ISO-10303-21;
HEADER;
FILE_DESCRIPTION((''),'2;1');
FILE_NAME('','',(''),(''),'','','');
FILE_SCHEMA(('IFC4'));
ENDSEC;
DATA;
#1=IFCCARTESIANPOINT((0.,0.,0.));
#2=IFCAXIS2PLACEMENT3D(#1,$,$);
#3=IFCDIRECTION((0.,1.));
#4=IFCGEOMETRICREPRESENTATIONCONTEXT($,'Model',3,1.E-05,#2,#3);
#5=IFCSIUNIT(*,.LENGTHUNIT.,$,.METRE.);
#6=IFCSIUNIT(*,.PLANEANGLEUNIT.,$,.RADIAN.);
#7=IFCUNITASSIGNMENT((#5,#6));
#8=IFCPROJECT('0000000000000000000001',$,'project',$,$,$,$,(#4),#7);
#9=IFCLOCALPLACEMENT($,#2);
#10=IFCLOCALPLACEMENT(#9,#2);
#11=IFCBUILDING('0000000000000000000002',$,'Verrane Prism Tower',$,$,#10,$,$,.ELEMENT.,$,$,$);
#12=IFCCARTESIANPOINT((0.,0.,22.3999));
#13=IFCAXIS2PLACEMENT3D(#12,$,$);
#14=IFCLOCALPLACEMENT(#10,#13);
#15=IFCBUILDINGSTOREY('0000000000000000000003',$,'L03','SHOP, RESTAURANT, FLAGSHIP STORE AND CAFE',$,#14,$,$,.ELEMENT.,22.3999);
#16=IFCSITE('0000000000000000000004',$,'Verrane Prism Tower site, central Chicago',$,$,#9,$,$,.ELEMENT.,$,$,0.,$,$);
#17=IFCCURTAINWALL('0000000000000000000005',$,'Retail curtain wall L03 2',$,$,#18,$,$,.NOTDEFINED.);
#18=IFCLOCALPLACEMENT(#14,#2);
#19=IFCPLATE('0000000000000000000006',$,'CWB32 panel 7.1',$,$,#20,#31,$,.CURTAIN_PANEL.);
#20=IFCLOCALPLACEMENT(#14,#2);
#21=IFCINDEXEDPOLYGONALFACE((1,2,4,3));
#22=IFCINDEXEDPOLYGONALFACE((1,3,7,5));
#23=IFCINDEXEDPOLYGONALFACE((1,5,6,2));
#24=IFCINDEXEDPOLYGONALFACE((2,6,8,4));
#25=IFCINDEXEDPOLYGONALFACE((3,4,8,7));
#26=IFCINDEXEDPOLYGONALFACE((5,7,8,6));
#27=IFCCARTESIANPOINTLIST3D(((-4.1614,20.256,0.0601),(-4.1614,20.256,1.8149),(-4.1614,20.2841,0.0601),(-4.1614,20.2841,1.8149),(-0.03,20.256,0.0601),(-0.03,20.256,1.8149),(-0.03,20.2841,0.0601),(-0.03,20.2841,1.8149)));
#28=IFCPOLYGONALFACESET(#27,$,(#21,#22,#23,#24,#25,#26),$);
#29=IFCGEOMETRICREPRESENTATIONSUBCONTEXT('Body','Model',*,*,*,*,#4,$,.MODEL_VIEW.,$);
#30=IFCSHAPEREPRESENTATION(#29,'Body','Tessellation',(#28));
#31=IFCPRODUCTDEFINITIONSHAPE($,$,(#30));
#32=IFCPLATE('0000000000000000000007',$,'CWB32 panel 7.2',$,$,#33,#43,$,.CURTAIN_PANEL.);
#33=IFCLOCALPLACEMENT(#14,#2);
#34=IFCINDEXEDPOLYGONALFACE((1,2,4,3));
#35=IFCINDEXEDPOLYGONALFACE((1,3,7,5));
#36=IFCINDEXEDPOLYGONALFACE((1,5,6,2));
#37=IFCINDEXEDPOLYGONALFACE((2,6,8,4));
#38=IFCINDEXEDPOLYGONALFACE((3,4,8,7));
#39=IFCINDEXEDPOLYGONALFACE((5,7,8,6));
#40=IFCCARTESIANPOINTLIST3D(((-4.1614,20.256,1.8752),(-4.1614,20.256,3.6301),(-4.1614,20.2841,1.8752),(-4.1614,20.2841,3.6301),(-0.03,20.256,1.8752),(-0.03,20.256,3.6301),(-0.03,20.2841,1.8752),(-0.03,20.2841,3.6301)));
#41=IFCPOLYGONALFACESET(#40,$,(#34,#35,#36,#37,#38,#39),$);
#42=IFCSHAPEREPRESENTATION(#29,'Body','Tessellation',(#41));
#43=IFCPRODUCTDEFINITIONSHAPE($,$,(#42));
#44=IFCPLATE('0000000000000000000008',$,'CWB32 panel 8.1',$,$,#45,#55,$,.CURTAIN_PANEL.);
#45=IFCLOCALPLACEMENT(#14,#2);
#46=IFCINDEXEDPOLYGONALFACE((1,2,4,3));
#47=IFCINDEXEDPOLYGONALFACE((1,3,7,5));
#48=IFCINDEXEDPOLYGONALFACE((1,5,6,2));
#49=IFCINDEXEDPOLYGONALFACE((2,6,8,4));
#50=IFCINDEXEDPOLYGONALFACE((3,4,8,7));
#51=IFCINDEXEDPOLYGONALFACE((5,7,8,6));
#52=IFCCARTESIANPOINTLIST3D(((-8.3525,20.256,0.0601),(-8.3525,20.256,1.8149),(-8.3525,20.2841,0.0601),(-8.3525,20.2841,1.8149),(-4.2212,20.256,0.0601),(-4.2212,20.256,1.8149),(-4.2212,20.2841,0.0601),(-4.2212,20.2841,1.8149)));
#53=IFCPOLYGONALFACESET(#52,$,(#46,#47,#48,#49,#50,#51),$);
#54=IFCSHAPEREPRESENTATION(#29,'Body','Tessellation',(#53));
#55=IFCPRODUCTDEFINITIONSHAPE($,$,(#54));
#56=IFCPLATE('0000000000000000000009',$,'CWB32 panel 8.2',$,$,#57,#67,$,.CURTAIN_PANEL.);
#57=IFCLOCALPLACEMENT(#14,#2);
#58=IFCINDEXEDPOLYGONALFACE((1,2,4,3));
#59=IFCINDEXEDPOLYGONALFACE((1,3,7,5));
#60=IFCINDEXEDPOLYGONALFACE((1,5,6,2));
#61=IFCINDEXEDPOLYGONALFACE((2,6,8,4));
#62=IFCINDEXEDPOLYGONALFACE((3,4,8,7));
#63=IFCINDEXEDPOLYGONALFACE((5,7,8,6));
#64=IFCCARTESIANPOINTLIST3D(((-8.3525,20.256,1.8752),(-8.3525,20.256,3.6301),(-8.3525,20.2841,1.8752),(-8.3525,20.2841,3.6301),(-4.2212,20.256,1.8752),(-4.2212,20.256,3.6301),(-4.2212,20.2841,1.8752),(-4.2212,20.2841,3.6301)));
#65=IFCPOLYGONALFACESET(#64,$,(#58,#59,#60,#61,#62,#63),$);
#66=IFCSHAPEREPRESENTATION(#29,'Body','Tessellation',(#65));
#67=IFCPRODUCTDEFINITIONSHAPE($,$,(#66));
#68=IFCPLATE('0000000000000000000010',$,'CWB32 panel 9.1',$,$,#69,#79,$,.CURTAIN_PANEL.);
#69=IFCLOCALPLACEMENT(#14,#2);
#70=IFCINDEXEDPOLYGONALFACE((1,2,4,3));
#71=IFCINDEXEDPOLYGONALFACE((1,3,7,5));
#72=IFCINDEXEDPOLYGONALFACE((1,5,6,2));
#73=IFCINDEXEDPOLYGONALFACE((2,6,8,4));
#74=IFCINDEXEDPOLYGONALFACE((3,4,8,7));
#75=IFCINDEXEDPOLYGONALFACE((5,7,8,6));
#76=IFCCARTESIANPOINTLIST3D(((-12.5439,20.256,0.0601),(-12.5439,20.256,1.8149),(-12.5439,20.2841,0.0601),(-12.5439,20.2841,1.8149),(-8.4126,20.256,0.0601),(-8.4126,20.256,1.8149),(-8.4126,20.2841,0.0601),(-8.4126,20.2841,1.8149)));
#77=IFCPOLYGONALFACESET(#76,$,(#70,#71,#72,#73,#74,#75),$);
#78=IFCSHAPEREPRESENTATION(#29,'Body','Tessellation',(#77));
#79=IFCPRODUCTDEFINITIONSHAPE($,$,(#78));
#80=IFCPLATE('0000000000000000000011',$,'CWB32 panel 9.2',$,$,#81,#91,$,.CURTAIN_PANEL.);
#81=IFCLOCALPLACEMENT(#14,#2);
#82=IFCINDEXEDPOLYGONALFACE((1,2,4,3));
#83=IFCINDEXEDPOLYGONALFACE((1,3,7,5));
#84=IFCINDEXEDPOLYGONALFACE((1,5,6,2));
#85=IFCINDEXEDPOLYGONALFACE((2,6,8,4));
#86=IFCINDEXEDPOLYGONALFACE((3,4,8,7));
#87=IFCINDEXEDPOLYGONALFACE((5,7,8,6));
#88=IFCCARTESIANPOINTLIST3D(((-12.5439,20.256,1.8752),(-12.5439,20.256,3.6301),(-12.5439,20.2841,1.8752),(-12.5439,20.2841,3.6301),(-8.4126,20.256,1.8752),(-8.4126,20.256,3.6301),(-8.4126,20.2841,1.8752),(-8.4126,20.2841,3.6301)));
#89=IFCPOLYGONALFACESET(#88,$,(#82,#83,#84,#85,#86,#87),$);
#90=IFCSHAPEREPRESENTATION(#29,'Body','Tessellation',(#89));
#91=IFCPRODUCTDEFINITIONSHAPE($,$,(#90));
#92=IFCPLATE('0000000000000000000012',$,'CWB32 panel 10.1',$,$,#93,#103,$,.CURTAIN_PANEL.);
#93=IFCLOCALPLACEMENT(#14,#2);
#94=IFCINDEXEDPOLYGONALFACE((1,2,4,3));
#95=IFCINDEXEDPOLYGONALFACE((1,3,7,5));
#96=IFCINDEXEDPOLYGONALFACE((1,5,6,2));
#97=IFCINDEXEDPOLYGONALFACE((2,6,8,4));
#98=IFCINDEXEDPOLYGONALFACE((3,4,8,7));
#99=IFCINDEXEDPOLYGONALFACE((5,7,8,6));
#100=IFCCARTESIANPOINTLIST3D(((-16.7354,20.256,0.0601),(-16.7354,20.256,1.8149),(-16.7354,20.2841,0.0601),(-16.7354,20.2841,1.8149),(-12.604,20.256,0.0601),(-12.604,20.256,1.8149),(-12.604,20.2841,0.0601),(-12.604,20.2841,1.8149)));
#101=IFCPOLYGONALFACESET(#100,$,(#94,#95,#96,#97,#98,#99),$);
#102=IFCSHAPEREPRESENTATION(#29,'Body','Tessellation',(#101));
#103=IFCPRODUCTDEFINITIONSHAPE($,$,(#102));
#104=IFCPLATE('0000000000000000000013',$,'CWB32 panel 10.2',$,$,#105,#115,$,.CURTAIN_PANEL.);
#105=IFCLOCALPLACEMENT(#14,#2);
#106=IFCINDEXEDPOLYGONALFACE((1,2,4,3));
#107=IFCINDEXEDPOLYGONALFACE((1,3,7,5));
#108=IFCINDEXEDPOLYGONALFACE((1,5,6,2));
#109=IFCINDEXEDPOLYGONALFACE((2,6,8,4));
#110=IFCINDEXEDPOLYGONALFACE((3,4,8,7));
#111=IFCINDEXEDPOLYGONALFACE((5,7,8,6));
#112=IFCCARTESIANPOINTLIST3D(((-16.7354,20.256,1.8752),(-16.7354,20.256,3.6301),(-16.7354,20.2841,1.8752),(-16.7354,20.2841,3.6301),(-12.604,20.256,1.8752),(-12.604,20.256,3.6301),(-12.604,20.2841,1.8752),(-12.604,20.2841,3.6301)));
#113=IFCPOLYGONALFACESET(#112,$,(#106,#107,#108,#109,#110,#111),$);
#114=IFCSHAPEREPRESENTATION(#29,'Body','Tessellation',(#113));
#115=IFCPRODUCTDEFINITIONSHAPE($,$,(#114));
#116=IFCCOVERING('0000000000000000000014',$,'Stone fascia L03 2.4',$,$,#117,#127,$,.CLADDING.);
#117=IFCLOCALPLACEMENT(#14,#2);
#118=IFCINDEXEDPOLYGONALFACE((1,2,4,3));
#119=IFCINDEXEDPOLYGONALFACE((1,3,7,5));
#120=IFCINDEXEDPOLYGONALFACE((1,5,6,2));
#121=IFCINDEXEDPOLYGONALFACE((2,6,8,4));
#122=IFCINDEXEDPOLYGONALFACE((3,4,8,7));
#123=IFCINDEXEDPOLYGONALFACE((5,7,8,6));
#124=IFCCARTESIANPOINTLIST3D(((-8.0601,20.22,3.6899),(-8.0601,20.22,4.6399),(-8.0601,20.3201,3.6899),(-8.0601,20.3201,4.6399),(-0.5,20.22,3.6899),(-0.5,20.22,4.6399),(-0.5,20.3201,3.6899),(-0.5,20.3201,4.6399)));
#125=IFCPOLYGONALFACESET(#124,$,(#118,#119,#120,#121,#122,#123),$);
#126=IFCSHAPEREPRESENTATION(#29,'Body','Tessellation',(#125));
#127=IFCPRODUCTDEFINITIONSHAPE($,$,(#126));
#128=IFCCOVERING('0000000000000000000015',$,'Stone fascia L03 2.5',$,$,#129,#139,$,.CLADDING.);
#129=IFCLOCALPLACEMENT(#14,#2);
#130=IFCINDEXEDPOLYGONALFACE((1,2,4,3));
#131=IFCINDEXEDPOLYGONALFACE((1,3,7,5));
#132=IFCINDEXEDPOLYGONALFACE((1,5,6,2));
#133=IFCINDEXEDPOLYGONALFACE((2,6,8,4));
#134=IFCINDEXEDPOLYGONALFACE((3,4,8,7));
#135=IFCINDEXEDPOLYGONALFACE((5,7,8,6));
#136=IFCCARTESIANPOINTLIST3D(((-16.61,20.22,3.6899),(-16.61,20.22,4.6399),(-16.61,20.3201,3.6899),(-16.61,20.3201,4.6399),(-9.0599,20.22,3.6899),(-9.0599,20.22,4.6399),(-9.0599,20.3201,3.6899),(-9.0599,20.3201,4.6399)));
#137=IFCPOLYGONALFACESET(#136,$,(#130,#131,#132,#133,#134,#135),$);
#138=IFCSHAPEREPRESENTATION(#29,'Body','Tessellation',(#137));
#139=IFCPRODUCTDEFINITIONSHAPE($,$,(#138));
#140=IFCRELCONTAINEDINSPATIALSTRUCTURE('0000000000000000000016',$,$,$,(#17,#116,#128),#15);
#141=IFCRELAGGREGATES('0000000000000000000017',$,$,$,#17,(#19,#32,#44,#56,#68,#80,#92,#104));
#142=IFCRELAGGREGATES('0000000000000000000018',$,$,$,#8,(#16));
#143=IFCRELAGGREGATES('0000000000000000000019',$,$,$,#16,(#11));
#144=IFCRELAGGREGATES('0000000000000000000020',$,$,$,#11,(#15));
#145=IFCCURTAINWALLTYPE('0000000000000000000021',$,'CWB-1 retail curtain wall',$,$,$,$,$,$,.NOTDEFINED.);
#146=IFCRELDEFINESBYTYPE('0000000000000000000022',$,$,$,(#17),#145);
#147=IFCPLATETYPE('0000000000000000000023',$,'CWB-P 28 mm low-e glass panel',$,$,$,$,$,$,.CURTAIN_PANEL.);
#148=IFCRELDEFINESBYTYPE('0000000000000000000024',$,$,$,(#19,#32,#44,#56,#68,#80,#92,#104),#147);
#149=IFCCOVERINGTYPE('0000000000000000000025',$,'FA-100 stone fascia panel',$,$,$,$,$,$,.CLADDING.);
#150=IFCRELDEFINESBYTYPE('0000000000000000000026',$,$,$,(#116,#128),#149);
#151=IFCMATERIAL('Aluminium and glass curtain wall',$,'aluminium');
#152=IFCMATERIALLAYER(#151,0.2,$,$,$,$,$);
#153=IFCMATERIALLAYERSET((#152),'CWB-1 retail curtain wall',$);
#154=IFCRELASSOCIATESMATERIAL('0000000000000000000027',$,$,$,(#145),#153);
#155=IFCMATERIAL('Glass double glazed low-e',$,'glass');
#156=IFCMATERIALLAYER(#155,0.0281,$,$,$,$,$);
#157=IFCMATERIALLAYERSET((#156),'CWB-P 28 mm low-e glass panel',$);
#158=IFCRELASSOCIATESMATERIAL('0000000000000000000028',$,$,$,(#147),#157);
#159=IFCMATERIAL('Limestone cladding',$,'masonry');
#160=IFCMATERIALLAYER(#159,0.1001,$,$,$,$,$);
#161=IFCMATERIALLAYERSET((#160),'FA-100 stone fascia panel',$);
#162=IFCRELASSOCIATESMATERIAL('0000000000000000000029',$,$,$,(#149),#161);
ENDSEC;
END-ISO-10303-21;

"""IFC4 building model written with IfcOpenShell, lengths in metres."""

from ifc_helpers import new_model, si_unit, direction, frame, origin, origin_2d, place, context, subcontext, project, spatial, rectangle, extrude, material, layer, layer_set, type_object, element, aggregate, save


model = new_model("IFC4")

# Units and contexts
model_context = context("Model", 3, precision=1e-05, world=origin(), true_north=direction((0.0, 1.0)))
body_context = subcontext(model_context, "Body", "Model", "MODEL_VIEW")
ifc_project = project(units=[si_unit("LENGTHUNIT", "METRE"), si_unit("PLANEANGLEUNIT", "RADIAN")], contexts=[model_context])

# Site, building, storey
site_placement = place(None, origin())
site = spatial("IfcSite", under=ifc_project, at=site_placement, Name="Verrane Prism Tower site, central Chicago", CompositionType="ELEMENT", RefElevation=0.0)
building_placement = place(site_placement, origin())
building = spatial("IfcBuilding", under=site, at=building_placement, Name="Verrane Prism Tower", CompositionType="ELEMENT")
storey_placement = place(building_placement, frame((0.0, 0.0, 22.3999)))
storey = spatial("IfcBuildingStorey", under=building, at=storey_placement, Name="L03", Description="SHOP, RESTAURANT, FLAGSHIP STORE AND CAFE", CompositionType="ELEMENT", Elevation=22.3999)

# Curtain wall
ifc_material_1 = material(Name="Aluminium and glass curtain wall", Category="aluminium")
ifc_layer_1 = layer(ifc_material_1, 0.2)
ifc_layer_set_1 = layer_set([ifc_layer_1], Name="CWB-1 retail curtain wall")
curtain_wall_type = type_object("IfcCurtainWallType", Name="CWB-1 retail curtain wall", PredefinedType="NOTDEFINED", material=ifc_layer_set_1)
curtain_wall_placement = place(storey_placement, origin())
curtain_wall = element("IfcCurtainWall", 1, at=curtain_wall_placement, inside=storey, type_object=curtain_wall_type, Name="Retail curtain wall L03 2", PredefinedType="NOTDEFINED")

# Plates
ifc_material_2 = material(Name="Glass double glazed low-e", Category="glass")
ifc_layer_2 = layer(ifc_material_2, 0.0281)
ifc_layer_set_2 = layer_set([ifc_layer_2], Name="CWB-P 28 mm low-e glass panel")
plate_type = type_object("IfcPlateType", Name="CWB-P 28 mm low-e glass panel", PredefinedType="CURTAIN_PANEL", material=ifc_layer_set_2)
plate_1_placement = place(storey_placement, frame((-2.0957, 20.27, 0.0601), z_axis=(0.0, 0.0, 1.0), x_axis=(-1.0, 0.0, 0.0)))
plate_1 = element("IfcPlate", 2, at=plate_1_placement, type_object=plate_type, Name="CWB32 panel 7.1", PredefinedType="CURTAIN_PANEL", context=body_context, shape_type="SweptSolid", body=[
    extrude(rectangle(XDim=4.1313, YDim=0.0281, at=origin_2d()), origin(), (0.0, 0.0, 1.0), 1.7549),
])
plate_2_placement = place(storey_placement, frame((-2.0957, 20.27, 1.8752), z_axis=(0.0, 0.0, 1.0), x_axis=(-1.0, 0.0, 0.0)))
plate_2 = element("IfcPlate", 3, at=plate_2_placement, type_object=plate_type, Name="CWB32 panel 7.2", PredefinedType="CURTAIN_PANEL", context=body_context, shape_type="SweptSolid", body=[
    extrude(rectangle(XDim=4.1313, YDim=0.0281, at=origin_2d()), origin(), (0.0, 0.0, 1.0), 1.7549),
])
plate_3_placement = place(storey_placement, frame((-6.2869, 20.27, 0.0601), z_axis=(0.0, 0.0, 1.0), x_axis=(-1.0, 0.0, 0.0)))
plate_3 = element("IfcPlate", 4, at=plate_3_placement, type_object=plate_type, Name="CWB32 panel 8.1", PredefinedType="CURTAIN_PANEL", context=body_context, shape_type="SweptSolid", body=[
    extrude(rectangle(XDim=4.1313, YDim=0.0281, at=origin_2d()), origin(), (0.0, 0.0, 1.0), 1.7549),
])
plate_4_placement = place(storey_placement, frame((-6.2869, 20.27, 1.8752), z_axis=(0.0, 0.0, 1.0), x_axis=(-1.0, 0.0, 0.0)))
plate_4 = element("IfcPlate", 5, at=plate_4_placement, type_object=plate_type, Name="CWB32 panel 8.2", PredefinedType="CURTAIN_PANEL", context=body_context, shape_type="SweptSolid", body=[
    extrude(rectangle(XDim=4.1313, YDim=0.0281, at=origin_2d()), origin(), (0.0, 0.0, 1.0), 1.7549),
])
plate_5_placement = place(storey_placement, frame((-10.4783, 20.27, 0.0601), z_axis=(0.0, 0.0, 1.0), x_axis=(-1.0, 0.0, 0.0)))
plate_5 = element("IfcPlate", 6, at=plate_5_placement, type_object=plate_type, Name="CWB32 panel 9.1", PredefinedType="CURTAIN_PANEL", context=body_context, shape_type="SweptSolid", body=[
    extrude(rectangle(XDim=4.1313, YDim=0.0281, at=origin_2d()), origin(), (0.0, 0.0, 1.0), 1.7549),
])
plate_6_placement = place(storey_placement, frame((-10.4783, 20.27, 1.8752), z_axis=(0.0, 0.0, 1.0), x_axis=(-1.0, 0.0, 0.0)))
plate_6 = element("IfcPlate", 7, at=plate_6_placement, type_object=plate_type, Name="CWB32 panel 9.2", PredefinedType="CURTAIN_PANEL", context=body_context, shape_type="SweptSolid", body=[
    extrude(rectangle(XDim=4.1313, YDim=0.0281, at=origin_2d()), origin(), (0.0, 0.0, 1.0), 1.7549),
])
plate_7_placement = place(storey_placement, frame((-14.6697, 20.27, 0.0601), z_axis=(0.0, 0.0, 1.0), x_axis=(-1.0, 0.0, 0.0)))
plate_7 = element("IfcPlate", 8, at=plate_7_placement, type_object=plate_type, Name="CWB32 panel 10.1", PredefinedType="CURTAIN_PANEL", context=body_context, shape_type="SweptSolid", body=[
    extrude(rectangle(XDim=4.1313, YDim=0.0281, at=origin_2d()), origin(), (0.0, 0.0, 1.0), 1.7549),
])
plate_8_placement = place(storey_placement, frame((-14.6697, 20.27, 1.8752), z_axis=(0.0, 0.0, 1.0), x_axis=(-1.0, 0.0, 0.0)))
plate_8 = element("IfcPlate", 9, at=plate_8_placement, type_object=plate_type, Name="CWB32 panel 10.2", PredefinedType="CURTAIN_PANEL", context=body_context, shape_type="SweptSolid", body=[
    extrude(rectangle(XDim=4.1313, YDim=0.0281, at=origin_2d()), origin(), (0.0, 0.0, 1.0), 1.7549),
])
aggregate(curtain_wall, [plate_1, plate_2, plate_3, plate_4, plate_5, plate_6, plate_7, plate_8])

# Coverings
ifc_material_3 = material(Name="Limestone cladding", Category="masonry")
ifc_layer_3 = layer(ifc_material_3, 0.1001)
ifc_layer_set_3 = layer_set([ifc_layer_3], Name="FA-100 stone fascia panel")
covering_type = type_object("IfcCoveringType", Name="FA-100 stone fascia panel", PredefinedType="CLADDING", material=ifc_layer_set_3)
covering_1_placement = place(storey_placement, frame((-4.28, 20.27, 3.6899), z_axis=(0.0, 0.0, 1.0), x_axis=(-1.0, 0.0, 0.0)))
element("IfcCovering", 10, at=covering_1_placement, inside=storey, type_object=covering_type, Name="Stone fascia L03 2.4", PredefinedType="CLADDING", context=body_context, shape_type="SweptSolid", body=[
    extrude(rectangle(XDim=7.5601, YDim=0.1001, at=origin_2d()), origin(), (0.0, 0.0, 1.0), 0.95),
])
covering_2_placement = place(storey_placement, frame((-12.835, 20.27, 3.6899), z_axis=(0.0, 0.0, 1.0), x_axis=(-1.0, 0.0, 0.0)))
element("IfcCovering", 11, at=covering_2_placement, inside=storey, type_object=covering_type, Name="Stone fascia L03 2.5", PredefinedType="CLADDING", context=body_context, shape_type="SweptSolid", body=[
    extrude(rectangle(XDim=7.55, YDim=0.1001, at=origin_2d()), origin(), (0.0, 0.0, 1.0), 0.95),
])

save(model, "model.ifc")
